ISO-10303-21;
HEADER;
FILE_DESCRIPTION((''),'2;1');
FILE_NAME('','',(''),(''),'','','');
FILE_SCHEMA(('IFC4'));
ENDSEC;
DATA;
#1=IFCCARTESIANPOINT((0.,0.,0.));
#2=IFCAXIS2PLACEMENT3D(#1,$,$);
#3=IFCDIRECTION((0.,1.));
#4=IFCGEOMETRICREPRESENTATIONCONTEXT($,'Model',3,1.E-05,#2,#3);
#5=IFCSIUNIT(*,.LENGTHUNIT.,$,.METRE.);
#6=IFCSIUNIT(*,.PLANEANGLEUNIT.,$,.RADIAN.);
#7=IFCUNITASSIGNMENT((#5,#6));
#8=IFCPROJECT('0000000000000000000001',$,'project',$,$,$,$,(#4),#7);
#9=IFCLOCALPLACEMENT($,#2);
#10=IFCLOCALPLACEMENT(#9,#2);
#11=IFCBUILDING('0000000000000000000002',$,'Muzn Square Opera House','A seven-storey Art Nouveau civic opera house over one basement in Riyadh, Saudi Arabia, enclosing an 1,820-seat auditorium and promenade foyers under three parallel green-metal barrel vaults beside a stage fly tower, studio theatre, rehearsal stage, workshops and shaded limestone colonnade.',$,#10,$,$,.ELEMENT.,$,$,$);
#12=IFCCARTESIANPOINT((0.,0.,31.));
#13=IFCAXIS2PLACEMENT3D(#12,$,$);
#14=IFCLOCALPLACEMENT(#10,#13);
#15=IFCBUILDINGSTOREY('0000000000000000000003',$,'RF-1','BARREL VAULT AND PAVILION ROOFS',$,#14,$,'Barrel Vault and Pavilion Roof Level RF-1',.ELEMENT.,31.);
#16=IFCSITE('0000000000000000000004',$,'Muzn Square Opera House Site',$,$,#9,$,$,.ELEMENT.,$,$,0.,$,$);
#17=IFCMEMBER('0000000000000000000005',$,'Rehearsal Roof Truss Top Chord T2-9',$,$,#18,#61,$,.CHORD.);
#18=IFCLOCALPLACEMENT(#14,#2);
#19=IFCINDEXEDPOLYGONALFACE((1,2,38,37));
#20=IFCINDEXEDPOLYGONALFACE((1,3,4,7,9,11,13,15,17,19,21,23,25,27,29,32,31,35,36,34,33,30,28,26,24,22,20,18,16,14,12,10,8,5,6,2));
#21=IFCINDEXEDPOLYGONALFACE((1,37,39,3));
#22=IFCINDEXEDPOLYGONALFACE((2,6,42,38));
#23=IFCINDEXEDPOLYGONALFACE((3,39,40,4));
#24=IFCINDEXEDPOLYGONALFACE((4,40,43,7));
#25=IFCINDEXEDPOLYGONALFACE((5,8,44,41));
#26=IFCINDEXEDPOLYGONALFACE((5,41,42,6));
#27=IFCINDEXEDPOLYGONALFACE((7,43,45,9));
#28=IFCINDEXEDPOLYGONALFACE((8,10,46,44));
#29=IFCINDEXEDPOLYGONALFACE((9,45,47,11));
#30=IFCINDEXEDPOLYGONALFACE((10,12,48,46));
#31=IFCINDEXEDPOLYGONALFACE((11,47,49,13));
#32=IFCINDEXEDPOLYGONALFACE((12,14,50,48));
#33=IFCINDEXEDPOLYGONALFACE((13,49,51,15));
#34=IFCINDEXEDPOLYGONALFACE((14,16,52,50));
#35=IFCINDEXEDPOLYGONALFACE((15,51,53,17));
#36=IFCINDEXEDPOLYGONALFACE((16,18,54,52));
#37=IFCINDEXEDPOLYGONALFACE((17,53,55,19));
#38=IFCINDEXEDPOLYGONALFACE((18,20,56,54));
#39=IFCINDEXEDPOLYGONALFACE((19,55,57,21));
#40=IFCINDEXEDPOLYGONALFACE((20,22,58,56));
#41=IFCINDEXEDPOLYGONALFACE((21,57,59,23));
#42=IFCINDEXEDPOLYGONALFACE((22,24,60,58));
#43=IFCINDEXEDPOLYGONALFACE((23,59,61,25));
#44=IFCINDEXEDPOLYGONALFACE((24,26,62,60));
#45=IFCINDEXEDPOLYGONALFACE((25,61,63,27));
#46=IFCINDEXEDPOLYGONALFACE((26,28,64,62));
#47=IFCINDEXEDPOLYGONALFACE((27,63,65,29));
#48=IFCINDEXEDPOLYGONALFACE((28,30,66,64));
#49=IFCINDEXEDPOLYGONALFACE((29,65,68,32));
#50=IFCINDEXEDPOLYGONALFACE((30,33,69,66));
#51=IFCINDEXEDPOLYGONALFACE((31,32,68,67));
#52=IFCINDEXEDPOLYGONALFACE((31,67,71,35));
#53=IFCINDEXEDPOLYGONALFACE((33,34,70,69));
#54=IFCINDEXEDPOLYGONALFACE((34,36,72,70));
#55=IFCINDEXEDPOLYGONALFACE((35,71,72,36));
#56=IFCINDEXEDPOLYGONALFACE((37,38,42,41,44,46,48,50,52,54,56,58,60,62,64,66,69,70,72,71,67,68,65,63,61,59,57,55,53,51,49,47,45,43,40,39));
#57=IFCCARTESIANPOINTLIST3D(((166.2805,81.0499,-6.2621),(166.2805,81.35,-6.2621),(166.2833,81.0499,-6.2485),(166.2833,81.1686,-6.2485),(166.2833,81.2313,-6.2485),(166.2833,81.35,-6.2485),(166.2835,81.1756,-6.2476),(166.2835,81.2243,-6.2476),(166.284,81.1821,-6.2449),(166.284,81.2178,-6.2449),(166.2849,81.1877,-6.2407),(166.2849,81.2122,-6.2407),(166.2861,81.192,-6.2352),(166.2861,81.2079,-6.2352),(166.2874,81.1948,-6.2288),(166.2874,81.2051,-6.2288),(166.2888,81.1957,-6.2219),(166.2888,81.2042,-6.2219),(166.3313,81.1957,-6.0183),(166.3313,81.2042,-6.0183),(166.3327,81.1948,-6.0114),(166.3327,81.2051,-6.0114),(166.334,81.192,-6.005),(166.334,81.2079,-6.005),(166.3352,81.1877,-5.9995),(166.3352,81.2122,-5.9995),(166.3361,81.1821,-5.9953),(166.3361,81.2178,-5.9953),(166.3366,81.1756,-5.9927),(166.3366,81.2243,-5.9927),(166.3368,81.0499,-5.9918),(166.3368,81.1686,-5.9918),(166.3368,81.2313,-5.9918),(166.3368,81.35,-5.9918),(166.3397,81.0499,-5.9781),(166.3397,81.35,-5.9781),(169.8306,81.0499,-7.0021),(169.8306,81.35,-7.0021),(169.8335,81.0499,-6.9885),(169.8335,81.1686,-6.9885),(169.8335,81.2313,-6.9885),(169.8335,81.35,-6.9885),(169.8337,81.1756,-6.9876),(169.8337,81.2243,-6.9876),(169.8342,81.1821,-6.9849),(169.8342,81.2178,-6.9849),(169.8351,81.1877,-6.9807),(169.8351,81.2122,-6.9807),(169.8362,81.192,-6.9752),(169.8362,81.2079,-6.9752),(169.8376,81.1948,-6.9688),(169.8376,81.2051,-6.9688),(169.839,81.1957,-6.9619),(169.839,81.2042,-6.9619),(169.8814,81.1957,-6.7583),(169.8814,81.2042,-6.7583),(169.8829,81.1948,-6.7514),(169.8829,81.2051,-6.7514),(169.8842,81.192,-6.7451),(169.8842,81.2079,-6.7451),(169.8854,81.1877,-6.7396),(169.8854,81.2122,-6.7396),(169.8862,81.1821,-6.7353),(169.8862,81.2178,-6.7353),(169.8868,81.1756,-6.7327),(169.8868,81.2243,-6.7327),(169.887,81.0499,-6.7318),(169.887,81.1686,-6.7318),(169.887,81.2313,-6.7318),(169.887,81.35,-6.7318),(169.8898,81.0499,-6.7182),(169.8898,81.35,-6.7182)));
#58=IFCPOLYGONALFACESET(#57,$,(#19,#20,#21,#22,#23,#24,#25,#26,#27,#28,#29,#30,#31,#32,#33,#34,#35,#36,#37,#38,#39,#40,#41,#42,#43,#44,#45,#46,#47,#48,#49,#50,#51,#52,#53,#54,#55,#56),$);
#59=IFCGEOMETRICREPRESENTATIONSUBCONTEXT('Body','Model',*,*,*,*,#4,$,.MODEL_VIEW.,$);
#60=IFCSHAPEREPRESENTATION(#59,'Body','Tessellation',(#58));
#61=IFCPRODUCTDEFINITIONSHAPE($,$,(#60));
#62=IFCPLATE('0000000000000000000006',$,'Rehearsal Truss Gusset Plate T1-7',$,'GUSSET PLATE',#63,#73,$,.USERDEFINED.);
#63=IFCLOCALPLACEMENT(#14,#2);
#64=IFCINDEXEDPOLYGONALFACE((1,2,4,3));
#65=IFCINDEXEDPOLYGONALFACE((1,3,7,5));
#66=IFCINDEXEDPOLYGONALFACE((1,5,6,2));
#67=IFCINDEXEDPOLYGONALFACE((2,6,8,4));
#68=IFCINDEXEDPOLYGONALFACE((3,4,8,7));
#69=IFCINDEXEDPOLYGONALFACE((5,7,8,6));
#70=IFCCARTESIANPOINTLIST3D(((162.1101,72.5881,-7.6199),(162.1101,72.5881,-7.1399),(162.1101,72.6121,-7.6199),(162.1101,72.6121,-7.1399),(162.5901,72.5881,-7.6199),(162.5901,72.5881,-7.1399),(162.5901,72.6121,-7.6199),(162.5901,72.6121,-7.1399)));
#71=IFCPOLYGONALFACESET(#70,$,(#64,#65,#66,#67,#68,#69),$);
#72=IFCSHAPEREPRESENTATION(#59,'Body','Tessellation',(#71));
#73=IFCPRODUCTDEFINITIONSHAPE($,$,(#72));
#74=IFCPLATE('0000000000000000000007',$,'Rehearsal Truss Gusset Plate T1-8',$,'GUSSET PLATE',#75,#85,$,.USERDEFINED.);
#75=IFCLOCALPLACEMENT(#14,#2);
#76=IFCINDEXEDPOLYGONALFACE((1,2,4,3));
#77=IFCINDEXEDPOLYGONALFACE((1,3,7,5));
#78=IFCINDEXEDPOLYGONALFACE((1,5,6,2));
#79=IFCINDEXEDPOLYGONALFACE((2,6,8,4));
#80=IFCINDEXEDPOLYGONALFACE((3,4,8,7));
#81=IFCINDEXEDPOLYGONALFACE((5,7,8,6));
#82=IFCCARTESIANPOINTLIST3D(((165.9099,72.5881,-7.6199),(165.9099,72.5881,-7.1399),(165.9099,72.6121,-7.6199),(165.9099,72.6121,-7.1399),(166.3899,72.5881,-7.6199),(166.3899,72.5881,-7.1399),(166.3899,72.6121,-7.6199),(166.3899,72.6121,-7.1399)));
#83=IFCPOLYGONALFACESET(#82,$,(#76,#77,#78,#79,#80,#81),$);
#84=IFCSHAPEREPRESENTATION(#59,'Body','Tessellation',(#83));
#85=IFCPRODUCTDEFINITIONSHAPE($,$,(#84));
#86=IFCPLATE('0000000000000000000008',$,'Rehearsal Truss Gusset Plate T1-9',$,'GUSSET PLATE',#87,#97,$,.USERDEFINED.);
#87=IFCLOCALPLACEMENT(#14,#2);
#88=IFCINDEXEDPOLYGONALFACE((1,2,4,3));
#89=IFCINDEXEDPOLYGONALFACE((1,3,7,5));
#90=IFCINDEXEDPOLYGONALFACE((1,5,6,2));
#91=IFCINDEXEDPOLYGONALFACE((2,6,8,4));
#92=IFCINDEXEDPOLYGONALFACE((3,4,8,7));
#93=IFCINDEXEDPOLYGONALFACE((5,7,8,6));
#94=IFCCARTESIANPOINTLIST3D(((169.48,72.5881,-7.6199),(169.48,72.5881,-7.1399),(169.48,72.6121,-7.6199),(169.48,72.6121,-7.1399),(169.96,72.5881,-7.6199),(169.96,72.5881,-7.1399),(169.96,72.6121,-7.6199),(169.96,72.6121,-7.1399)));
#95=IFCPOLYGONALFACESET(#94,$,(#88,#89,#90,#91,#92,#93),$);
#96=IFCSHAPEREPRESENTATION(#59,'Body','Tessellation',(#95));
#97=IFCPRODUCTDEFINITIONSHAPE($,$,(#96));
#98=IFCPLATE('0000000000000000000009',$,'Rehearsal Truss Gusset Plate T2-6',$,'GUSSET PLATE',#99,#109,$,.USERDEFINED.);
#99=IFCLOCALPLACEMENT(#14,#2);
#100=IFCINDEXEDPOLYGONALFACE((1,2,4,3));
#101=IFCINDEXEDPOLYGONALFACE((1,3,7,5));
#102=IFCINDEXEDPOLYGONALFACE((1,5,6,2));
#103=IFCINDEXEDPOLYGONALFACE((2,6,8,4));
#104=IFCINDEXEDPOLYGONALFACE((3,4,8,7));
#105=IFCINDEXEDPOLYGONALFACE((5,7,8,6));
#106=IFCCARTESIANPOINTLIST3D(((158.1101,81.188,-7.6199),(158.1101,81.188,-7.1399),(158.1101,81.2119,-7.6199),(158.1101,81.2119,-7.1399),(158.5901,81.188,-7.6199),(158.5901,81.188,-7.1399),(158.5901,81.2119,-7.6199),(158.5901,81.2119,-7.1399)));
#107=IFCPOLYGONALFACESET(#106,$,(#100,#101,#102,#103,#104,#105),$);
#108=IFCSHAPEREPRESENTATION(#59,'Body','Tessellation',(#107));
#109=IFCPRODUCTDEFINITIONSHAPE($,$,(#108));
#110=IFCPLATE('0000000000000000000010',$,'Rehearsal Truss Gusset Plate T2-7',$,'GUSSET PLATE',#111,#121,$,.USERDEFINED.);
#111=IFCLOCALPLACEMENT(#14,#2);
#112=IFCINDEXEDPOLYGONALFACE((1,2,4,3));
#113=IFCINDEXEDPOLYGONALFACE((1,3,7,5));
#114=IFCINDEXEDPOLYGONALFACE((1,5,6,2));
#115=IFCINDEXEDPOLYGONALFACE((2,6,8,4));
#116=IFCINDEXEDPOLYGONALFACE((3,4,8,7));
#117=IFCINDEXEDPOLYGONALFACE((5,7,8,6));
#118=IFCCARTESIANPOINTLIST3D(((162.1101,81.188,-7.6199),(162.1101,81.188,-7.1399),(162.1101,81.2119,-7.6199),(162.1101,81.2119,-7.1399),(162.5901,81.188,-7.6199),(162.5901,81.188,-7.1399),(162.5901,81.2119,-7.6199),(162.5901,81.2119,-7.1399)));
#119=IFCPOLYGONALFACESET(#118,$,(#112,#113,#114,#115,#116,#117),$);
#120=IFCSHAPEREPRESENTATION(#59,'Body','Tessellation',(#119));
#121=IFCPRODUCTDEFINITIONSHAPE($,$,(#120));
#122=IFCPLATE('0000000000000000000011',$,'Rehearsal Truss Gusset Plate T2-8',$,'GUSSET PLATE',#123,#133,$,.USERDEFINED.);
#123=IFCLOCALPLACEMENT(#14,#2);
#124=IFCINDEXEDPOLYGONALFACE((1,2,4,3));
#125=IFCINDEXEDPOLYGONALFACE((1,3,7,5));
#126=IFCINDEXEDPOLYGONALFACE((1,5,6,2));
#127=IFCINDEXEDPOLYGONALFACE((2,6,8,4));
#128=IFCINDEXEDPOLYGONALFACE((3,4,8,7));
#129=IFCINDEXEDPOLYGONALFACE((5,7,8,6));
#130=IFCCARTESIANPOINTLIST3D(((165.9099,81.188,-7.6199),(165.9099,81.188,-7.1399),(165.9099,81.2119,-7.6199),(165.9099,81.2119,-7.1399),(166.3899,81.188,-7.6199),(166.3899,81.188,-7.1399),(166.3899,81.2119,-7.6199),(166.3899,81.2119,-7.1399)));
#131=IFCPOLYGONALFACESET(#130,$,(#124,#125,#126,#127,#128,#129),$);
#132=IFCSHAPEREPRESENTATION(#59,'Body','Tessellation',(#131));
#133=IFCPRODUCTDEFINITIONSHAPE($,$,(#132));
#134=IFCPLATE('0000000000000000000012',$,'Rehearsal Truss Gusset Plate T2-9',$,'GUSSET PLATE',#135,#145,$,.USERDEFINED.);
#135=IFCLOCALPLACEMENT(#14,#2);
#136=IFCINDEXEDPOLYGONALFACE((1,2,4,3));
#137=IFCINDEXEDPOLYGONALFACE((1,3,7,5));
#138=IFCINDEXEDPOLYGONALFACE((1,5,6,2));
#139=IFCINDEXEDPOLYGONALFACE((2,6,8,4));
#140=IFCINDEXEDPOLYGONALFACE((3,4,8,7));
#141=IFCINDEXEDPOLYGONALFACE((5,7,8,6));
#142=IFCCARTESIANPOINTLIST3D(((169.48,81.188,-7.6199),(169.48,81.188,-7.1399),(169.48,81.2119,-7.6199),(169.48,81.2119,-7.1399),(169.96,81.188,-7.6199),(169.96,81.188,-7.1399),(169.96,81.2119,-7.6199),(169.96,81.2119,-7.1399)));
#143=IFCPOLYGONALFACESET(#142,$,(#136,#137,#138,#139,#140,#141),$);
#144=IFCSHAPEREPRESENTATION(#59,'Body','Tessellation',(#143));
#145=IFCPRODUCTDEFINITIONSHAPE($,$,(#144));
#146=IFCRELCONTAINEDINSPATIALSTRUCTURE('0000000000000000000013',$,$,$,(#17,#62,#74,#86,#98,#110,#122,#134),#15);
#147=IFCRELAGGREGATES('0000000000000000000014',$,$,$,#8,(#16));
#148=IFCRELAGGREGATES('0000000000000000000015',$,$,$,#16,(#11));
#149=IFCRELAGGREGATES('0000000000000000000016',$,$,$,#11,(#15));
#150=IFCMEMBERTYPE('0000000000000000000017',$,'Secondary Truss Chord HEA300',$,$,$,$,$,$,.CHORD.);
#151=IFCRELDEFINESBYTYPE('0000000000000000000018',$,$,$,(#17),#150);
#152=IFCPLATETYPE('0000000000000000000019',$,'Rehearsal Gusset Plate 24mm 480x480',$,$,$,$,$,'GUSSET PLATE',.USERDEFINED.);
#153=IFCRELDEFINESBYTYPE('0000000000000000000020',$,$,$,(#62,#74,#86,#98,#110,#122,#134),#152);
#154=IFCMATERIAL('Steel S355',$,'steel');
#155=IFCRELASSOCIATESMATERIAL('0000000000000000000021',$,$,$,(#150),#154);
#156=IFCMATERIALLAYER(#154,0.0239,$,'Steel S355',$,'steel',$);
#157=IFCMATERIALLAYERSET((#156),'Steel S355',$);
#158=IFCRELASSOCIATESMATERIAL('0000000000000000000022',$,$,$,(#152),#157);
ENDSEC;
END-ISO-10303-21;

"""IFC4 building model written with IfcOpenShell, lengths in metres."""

from ifc_helpers import new_model, si_unit, direction, frame, origin, origin_2d, place, context, subcontext, project, spatial, rectangle, i_section, extrude, material, layer, layer_set, material_profile, profile_set, type_object, element, save


model = new_model("IFC4")

# Units and contexts
model_context = context("Model", 3, precision=1e-05, world=origin(), true_north=direction((0.0, 1.0)))
body_context = subcontext(model_context, "Body", "Model", "MODEL_VIEW")
ifc_project = project(units=[si_unit("LENGTHUNIT", "METRE"), si_unit("PLANEANGLEUNIT", "RADIAN")], contexts=[model_context])

# Site, building, storey
site_placement = place(None, origin())
site = spatial("IfcSite", under=ifc_project, at=site_placement, Name="Muzn Square Opera House Site", CompositionType="ELEMENT", RefElevation=0.0)
building_placement = place(site_placement, origin())
building = spatial("IfcBuilding", under=site, at=building_placement, Name="Muzn Square Opera House", Description="A seven-storey Art Nouveau civic opera house over one basement in Riyadh, Saudi Arabia, enclosing an 1,820-seat auditorium and promenade foyers under three parallel green-metal barrel vaults beside a stage fly tower, studio theatre, rehearsal stage, workshops and shaded limestone colonnade.", CompositionType="ELEMENT")
storey_placement = place(building_placement, frame((0.0, 0.0, 31.0)))
storey = spatial("IfcBuildingStorey", under=building, at=storey_placement, Name="RF-1", Description="BARREL VAULT AND PAVILION ROOFS", LongName="Barrel Vault and Pavilion Roof Level RF-1", CompositionType="ELEMENT", Elevation=31.0)

# Shared definitions
ifc_material = material(Name="Steel S355", Category="steel")

# Member
ifc_material_profile_1 = material_profile(ifc_material, i_section(OverallWidth=0.3, OverallDepth=0.29, WebThickness=0.0085, FlangeThickness=0.0139, FilletRadius=0.0271, at=origin_2d()), Name="HEA 300", Category="steel")
ifc_profile_set_1 = profile_set([ifc_material_profile_1], Name="Steel S355")
member_type_1 = type_object("IfcMemberType", Name="Secondary Truss Chord HEA300", PredefinedType="CHORD", material=ifc_profile_set_1)
member_1_placement = place(storey_placement, frame((166.3101, 81.2, -6.1201), z_axis=(0.978959, 0.0, -0.204059), x_axis=(0.0, 1.0, 0.0)))
element("IfcMember", 1, at=member_1_placement, inside=storey, type_object=member_type_1, Name="Rehearsal Roof Truss Top Chord T2-9", PredefinedType="CHORD", context=body_context, shape_type="SweptSolid", body=[
    extrude(i_section(OverallWidth=0.3, OverallDepth=0.29, WebThickness=0.0085, FlangeThickness=0.0139, FilletRadius=0.0271, at=origin_2d()), origin(), (0.0, 0.0, 1.0), 3.6265),
])

# Plates
ifc_layer = layer(ifc_material, 0.0239, Name="Steel S355", Category="steel")
ifc_layer_set = layer_set([ifc_layer], Name="Steel S355")
plate_type = type_object("IfcPlateType", Name="Rehearsal Gusset Plate 24mm 480x480", ElementType="GUSSET PLATE", PredefinedType="USERDEFINED", material=ifc_layer_set)
for number, where, z_axis, x_axis, name in (
    (2, (162.3501, 72.6001, -7.6199), (0.0, 0.0, 1.0), (1.0, 0.0, 0.0), "Rehearsal Truss Gusset Plate T1-7"),
    (3, (166.1499, 72.6001, -7.6199), (0.0, 0.0, 1.0), (1.0, 0.0, 0.0), "Rehearsal Truss Gusset Plate T1-8"),
    (4, (169.72, 72.6001, -7.6199), (0.0, 0.0, 1.0), (1.0, 0.0, 0.0), "Rehearsal Truss Gusset Plate T1-9"),
    (5, (158.3501, 81.2, -7.6199), (0.0, 0.0, 1.0), (1.0, 0.0, 0.0), "Rehearsal Truss Gusset Plate T2-6"),
    (6, (162.3501, 81.2, -7.6199), (0.0, 0.0, 1.0), (1.0, 0.0, 0.0), "Rehearsal Truss Gusset Plate T2-7"),
    (7, (166.1499, 81.2, -7.6199), (0.0, 0.0, 1.0), (1.0, 0.0, 0.0), "Rehearsal Truss Gusset Plate T2-8"),
    (8, (169.72, 81.2, -7.6199), (0.0, 0.0, 1.0), (1.0, 0.0, 0.0), "Rehearsal Truss Gusset Plate T2-9"),
):
    element("IfcPlate", number, at=place(storey_placement, frame(where, z_axis=z_axis, x_axis=x_axis)), inside=storey, type_object=plate_type, Name=name, ObjectType="GUSSET PLATE", PredefinedType="USERDEFINED", context=body_context, shape_type="SweptSolid", body=[
        extrude(rectangle(XDim=0.48, YDim=0.0239, at=origin_2d()), origin(), (0.0, 0.0, 1.0), 0.48),
    ])

save(model, "model.ifc")
